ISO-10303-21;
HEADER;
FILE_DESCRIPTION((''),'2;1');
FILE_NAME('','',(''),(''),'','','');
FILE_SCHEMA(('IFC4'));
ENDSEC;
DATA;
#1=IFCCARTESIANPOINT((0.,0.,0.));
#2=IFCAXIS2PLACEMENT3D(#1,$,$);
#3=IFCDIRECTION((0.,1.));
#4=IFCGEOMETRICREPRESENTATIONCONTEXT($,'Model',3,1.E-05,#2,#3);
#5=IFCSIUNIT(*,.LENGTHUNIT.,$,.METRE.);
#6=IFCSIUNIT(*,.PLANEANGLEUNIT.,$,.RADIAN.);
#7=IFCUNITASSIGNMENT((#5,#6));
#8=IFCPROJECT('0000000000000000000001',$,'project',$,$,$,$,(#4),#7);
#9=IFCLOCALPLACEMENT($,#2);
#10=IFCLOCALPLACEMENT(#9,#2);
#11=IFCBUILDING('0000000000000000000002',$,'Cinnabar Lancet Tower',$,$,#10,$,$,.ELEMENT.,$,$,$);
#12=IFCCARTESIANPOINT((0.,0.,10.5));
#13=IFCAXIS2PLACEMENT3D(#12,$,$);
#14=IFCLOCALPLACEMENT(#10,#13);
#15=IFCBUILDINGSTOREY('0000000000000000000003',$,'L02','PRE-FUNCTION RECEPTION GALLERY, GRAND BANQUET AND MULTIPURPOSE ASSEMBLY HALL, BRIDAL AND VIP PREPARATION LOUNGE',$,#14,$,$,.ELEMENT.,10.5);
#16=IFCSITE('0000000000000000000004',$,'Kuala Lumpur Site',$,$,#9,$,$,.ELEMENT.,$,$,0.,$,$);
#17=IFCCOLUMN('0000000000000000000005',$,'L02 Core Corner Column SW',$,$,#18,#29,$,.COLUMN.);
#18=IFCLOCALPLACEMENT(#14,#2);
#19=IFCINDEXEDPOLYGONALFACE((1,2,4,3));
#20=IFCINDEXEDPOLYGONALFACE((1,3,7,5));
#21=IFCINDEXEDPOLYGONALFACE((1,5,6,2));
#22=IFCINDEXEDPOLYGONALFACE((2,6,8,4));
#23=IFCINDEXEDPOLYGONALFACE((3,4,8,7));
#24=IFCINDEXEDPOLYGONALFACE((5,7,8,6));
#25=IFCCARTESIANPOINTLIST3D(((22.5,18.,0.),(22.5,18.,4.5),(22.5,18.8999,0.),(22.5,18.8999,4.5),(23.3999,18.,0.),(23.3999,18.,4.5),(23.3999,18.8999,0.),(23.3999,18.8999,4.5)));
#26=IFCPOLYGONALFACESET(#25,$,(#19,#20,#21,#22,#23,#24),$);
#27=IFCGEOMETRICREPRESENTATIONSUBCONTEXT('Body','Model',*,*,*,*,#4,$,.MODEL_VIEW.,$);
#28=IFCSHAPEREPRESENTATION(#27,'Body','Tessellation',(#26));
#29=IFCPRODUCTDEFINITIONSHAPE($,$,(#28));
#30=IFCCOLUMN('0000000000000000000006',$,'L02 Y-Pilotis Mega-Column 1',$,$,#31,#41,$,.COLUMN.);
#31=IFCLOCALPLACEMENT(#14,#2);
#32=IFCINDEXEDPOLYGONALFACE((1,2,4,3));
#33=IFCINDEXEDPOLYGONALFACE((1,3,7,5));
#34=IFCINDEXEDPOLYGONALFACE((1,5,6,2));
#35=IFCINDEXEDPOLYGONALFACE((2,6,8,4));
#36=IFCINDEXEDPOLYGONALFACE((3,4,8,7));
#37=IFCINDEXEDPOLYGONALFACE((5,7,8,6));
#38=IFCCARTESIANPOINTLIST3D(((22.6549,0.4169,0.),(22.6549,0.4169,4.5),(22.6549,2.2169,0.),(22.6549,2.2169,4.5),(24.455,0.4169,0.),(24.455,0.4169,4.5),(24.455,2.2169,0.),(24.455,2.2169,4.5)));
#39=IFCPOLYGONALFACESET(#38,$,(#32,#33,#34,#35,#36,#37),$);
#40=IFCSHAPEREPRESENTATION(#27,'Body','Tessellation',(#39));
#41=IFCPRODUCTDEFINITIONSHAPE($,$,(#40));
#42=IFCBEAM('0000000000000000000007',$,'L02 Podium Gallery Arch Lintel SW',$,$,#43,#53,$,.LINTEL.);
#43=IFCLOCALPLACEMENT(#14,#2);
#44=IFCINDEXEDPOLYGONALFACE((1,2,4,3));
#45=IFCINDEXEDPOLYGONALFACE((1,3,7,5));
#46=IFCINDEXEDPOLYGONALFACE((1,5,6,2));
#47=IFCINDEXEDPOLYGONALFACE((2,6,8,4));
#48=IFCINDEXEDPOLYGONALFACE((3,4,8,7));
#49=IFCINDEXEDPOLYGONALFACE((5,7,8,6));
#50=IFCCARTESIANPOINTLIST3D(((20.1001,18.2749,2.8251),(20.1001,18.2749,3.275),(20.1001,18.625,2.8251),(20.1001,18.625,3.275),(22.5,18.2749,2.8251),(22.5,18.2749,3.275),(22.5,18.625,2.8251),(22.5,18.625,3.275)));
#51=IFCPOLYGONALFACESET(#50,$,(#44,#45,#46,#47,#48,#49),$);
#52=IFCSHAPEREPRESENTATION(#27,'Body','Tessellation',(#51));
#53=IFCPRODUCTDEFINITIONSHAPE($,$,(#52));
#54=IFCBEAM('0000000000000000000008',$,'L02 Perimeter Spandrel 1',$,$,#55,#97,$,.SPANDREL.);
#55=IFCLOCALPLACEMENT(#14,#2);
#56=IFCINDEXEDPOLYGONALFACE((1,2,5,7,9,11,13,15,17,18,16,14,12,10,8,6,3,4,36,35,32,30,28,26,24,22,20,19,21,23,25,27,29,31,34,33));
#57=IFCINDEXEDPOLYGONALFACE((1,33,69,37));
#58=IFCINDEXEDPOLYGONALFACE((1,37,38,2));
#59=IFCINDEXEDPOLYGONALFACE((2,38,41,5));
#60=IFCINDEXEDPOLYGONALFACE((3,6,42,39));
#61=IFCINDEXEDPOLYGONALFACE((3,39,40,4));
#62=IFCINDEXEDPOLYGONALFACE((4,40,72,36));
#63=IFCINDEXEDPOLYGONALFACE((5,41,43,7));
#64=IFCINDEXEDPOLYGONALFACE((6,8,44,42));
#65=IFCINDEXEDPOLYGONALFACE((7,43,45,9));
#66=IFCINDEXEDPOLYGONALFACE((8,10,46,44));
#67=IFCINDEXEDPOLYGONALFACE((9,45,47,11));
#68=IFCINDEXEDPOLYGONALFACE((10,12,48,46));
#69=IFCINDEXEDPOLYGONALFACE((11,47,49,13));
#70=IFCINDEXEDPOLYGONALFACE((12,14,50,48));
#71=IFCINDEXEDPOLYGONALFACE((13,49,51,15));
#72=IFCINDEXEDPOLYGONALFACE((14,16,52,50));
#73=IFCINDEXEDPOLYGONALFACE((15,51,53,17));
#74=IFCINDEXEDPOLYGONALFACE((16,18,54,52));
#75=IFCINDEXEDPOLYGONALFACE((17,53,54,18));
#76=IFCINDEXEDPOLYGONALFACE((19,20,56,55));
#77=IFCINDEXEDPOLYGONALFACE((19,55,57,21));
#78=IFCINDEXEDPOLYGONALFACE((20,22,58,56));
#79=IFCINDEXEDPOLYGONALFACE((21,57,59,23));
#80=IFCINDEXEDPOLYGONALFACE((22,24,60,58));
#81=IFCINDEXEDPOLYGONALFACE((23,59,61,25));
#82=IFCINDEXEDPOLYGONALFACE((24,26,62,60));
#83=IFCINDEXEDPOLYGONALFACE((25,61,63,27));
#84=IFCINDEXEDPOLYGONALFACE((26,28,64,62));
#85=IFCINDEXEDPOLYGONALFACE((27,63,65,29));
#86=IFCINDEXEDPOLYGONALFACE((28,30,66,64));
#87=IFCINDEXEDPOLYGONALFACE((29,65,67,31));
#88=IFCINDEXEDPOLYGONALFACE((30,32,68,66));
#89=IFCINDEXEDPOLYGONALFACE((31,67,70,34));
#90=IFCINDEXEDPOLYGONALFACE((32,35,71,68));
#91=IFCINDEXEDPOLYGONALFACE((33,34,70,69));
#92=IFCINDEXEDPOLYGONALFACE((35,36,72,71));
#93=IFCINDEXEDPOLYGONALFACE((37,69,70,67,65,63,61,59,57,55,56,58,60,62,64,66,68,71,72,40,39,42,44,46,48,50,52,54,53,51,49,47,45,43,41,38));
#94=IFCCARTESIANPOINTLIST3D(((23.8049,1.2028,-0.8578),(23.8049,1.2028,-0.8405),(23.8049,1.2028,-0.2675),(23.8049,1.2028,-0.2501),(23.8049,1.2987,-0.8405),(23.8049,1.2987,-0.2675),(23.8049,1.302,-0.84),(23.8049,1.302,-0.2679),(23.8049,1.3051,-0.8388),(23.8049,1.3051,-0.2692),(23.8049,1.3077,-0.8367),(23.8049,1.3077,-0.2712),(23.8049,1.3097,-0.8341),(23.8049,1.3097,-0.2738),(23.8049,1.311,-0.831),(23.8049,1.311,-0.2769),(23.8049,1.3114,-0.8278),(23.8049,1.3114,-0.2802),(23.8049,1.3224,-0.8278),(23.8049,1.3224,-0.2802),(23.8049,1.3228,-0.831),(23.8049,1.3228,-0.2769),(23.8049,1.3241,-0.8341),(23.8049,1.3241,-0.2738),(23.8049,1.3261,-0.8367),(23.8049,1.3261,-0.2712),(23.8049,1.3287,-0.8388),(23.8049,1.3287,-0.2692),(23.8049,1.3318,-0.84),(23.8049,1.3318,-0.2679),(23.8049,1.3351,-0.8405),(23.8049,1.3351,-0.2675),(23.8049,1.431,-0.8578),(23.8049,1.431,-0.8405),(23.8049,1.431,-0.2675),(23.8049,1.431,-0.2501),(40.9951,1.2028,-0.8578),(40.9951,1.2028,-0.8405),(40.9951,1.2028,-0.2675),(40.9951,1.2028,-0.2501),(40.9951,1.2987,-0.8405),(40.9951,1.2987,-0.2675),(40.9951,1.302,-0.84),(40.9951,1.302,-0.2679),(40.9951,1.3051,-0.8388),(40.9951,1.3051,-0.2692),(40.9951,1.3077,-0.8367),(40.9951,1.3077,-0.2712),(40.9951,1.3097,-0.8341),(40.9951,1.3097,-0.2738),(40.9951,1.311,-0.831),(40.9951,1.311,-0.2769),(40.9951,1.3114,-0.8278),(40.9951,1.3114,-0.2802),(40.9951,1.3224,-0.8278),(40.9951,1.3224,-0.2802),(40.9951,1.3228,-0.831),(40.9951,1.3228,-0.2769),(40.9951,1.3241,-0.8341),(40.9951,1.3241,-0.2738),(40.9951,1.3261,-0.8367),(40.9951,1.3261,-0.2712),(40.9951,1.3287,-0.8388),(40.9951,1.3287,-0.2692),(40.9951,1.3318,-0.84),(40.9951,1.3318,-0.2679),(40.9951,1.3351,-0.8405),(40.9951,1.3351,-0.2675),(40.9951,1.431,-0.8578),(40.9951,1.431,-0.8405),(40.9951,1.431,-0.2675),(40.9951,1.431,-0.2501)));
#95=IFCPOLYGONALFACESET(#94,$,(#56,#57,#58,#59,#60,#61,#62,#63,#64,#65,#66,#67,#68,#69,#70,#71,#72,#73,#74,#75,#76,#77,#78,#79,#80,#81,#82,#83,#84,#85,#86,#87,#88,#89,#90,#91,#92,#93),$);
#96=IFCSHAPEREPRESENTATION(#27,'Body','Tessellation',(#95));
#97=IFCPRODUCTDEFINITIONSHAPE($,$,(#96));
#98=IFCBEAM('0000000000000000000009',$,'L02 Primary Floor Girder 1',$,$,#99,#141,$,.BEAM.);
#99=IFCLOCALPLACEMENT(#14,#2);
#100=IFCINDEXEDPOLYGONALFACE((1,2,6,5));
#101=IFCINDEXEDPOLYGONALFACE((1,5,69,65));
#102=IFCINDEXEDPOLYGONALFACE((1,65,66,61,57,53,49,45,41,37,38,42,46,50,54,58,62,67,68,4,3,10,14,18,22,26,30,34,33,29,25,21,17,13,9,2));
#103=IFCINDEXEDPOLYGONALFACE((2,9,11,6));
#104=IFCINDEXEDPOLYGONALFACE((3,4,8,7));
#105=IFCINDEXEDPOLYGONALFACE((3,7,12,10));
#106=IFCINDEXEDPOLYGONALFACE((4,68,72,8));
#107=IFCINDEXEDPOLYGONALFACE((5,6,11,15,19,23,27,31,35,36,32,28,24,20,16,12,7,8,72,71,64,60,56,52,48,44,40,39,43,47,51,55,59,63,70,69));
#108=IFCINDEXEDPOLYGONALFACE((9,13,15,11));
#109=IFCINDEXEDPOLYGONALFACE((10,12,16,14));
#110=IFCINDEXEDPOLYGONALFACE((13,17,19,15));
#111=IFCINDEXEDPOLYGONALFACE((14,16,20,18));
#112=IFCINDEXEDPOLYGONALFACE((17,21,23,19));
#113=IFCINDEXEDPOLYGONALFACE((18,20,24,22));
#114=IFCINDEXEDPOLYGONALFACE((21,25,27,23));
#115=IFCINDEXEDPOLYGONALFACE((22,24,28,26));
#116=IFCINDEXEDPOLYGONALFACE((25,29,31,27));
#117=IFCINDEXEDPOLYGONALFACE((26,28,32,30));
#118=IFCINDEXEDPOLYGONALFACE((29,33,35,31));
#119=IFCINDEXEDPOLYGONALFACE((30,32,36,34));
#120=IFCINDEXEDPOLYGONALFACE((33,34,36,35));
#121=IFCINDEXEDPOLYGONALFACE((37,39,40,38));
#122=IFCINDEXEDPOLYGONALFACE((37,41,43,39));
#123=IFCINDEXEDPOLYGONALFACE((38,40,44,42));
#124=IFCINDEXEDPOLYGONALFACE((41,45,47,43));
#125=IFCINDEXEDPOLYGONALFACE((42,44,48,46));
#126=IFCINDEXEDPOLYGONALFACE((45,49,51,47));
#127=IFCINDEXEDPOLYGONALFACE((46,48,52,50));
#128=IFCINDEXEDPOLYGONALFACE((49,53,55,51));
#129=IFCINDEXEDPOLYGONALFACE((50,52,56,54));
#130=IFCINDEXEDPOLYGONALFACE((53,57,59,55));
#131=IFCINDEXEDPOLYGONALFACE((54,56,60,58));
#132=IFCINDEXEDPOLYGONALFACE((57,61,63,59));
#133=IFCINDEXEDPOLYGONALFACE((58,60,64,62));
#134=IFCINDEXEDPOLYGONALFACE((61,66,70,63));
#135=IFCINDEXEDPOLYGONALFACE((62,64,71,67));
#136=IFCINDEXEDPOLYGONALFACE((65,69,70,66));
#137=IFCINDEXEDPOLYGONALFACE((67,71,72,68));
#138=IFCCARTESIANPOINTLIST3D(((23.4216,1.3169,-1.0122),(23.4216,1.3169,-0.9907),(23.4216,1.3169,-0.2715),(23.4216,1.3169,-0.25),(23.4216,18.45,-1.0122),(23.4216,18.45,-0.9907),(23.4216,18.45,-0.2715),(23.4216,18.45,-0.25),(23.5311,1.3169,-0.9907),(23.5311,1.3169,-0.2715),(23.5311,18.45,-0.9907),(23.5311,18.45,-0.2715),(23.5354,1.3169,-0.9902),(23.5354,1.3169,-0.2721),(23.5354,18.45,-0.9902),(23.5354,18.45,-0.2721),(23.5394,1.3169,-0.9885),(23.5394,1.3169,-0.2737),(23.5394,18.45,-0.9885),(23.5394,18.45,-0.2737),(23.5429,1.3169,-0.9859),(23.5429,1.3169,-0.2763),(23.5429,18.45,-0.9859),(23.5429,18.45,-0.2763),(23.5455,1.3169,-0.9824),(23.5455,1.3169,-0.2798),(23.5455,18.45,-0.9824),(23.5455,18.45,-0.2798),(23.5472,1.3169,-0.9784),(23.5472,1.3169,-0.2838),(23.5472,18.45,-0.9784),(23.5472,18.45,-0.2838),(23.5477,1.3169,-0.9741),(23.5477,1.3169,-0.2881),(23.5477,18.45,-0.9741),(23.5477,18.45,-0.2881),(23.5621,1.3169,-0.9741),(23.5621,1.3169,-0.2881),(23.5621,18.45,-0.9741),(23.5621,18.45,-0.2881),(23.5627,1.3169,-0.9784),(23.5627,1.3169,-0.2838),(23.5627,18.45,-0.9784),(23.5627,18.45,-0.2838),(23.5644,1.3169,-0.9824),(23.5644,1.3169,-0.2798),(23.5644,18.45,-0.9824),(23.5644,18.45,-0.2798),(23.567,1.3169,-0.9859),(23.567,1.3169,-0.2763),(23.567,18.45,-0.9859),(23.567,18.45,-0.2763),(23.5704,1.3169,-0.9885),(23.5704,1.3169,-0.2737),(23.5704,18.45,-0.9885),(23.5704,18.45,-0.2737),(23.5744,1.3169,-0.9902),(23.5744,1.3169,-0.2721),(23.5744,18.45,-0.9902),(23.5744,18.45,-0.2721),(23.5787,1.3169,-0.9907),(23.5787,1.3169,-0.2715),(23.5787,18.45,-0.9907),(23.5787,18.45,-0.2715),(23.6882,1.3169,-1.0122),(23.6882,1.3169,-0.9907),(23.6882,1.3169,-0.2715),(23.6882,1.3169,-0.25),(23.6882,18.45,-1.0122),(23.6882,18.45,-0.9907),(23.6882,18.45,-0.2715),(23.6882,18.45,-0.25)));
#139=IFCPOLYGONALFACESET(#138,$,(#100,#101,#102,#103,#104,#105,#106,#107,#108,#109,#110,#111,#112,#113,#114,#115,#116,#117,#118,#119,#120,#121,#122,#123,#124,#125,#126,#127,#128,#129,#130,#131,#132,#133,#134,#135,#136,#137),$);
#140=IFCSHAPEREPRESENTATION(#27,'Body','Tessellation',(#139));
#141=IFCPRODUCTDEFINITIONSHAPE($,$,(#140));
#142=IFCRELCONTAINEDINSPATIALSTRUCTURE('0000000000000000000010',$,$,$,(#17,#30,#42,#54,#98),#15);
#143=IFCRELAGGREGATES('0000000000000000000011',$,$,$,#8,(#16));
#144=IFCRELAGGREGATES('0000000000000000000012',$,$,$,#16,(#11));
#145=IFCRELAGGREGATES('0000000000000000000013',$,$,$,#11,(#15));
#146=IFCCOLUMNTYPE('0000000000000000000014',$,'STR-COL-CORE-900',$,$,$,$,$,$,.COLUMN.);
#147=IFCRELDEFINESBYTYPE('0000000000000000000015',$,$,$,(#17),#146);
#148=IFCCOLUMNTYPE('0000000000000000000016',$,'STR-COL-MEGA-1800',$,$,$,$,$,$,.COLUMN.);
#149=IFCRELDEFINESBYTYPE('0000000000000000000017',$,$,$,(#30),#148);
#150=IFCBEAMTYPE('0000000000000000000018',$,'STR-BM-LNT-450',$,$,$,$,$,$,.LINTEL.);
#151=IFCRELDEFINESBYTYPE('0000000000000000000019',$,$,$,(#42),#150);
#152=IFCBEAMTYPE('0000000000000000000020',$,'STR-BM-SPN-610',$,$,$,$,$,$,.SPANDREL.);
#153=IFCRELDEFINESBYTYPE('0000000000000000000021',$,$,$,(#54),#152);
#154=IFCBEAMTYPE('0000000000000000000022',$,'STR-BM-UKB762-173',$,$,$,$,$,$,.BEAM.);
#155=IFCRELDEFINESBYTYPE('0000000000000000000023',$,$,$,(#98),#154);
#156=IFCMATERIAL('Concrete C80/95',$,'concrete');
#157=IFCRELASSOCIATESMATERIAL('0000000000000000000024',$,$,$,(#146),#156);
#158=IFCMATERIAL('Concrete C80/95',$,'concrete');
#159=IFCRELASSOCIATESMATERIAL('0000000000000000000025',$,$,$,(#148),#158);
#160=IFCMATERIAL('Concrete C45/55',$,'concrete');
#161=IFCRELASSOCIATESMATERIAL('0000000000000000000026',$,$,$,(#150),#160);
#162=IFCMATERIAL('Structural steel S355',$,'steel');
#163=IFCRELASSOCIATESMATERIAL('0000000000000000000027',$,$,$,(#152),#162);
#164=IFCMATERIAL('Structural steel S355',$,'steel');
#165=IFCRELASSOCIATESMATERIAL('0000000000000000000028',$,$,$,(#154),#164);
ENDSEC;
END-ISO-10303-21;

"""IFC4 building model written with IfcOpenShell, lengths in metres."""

from ifc_helpers import new_model, si_unit, direction, frame, origin, origin_2d, place, context, subcontext, project, spatial, rectangle, i_section, extrude, material, material_profile, profile_set, type_object, element, save


model = new_model("IFC4")

# Units and contexts
model_context = context("Model", 3, precision=1e-05, world=origin(), true_north=direction((0.0, 1.0)))
body_context = subcontext(model_context, "Body", "Model", "MODEL_VIEW")
ifc_project = project(units=[si_unit("LENGTHUNIT", "METRE"), si_unit("PLANEANGLEUNIT", "RADIAN")], contexts=[model_context])

# Site, building, storey
site_placement = place(None, origin())
site = spatial("IfcSite", under=ifc_project, at=site_placement, Name="Kuala Lumpur Site", CompositionType="ELEMENT", RefElevation=0.0)
building_placement = place(site_placement, origin())
building = spatial("IfcBuilding", under=site, at=building_placement, Name="Cinnabar Lancet Tower", CompositionType="ELEMENT")
storey_placement = place(building_placement, frame((0.0, 0.0, 10.5)))
storey = spatial("IfcBuildingStorey", under=building, at=storey_placement, Name="L02", Description="PRE-FUNCTION RECEPTION GALLERY, GRAND BANQUET AND MULTIPURPOSE ASSEMBLY HALL, BRIDAL AND VIP PREPARATION LOUNGE", CompositionType="ELEMENT", Elevation=10.5)

# Columns
ifc_material_1 = material(Name="Concrete C80/95", Category="concrete")
ifc_material_profile_1 = material_profile(ifc_material_1, rectangle(XDim=0.8999, YDim=0.8999, at=origin_2d()), Name="RC-COL 900x900")
ifc_profile_set_1 = profile_set([ifc_material_profile_1], Name="Concrete C80/95")
column_type_1 = type_object("IfcColumnType", Name="STR-COL-CORE-900", PredefinedType="COLUMN", material=ifc_profile_set_1)
column_1_placement = place(storey_placement, frame((22.95, 18.45, 0.0), z_axis=(0.0, 0.0, 1.0), x_axis=(1.0, 0.0, 0.0)))
element("IfcColumn", 1, at=column_1_placement, inside=storey, type_object=column_type_1, Name="L02 Core Corner Column SW", PredefinedType="COLUMN", context=body_context, shape_type="SweptSolid", body=[
    extrude(rectangle(XDim=0.8999, YDim=0.8999, at=origin_2d()), origin(), (0.0, 0.0, 1.0), 4.5),
])
ifc_material_2 = material(Name="Concrete C80/95", Category="concrete")
ifc_material_profile_2 = material_profile(ifc_material_2, rectangle(XDim=1.8, YDim=1.8, at=origin_2d()), Name="RC-MEGA 1800x1800")
ifc_profile_set_2 = profile_set([ifc_material_profile_2], Name="Concrete C80/95")
column_type_2 = type_object("IfcColumnType", Name="STR-COL-MEGA-1800", PredefinedType="COLUMN", material=ifc_profile_set_2)
column_2_placement = place(storey_placement, frame((23.5549, 1.3169, 0.0), z_axis=(0.0, 0.0, 1.0), x_axis=(1.0, 0.0, 0.0)))
element("IfcColumn", 2, at=column_2_placement, inside=storey, type_object=column_type_2, Name="L02 Y-Pilotis Mega-Column 1", PredefinedType="COLUMN", context=body_context, shape_type="SweptSolid", body=[
    extrude(rectangle(XDim=1.8, YDim=1.8, at=origin_2d()), origin(), (0.0, 0.0, 1.0), 4.5),
])

# Beams
ifc_material_3 = material(Name="Concrete C45/55", Category="concrete")
ifc_material_profile_3 = material_profile(ifc_material_3, rectangle(XDim=0.3501, YDim=0.45, at=origin_2d()), Name="RC-LNT 350x450")
ifc_profile_set_3 = profile_set([ifc_material_profile_3], Name="Concrete C45/55")
beam_type_1 = type_object("IfcBeamType", Name="STR-BM-LNT-450", PredefinedType="LINTEL", material=ifc_profile_set_3)
beam_1_placement = place(storey_placement, frame((20.1001, 18.45, 3.05), z_axis=(1.0, 0.0, 0.0), x_axis=(0.0, 1.0, 0.0)))
element("IfcBeam", 3, at=beam_1_placement, inside=storey, type_object=beam_type_1, Name="L02 Podium Gallery Arch Lintel SW", PredefinedType="LINTEL", context=body_context, shape_type="SweptSolid", body=[
    extrude(rectangle(XDim=0.3501, YDim=0.45, at=origin_2d()), origin(), (0.0, 0.0, 1.0), 2.3999),
])
ifc_material_4 = material(Name="Structural steel S355", Category="steel")
ifc_material_profile_4 = material_profile(ifc_material_4, i_section(OverallWidth=0.2283, OverallDepth=0.6077, WebThickness=0.011, FlangeThickness=0.0173, FilletRadius=0.0127, at=origin_2d()), Name="UKB 610x229x113")
ifc_profile_set_4 = profile_set([ifc_material_profile_4], Name="Structural steel S355")
beam_type_2 = type_object("IfcBeamType", Name="STR-BM-SPN-610", PredefinedType="SPANDREL", material=ifc_profile_set_4)
beam_2_placement = place(storey_placement, frame((23.8049, 1.3169, -0.554), z_axis=(1.0, 0.0, 0.0), x_axis=(0.0, 1.0, 0.0)))
element("IfcBeam", 4, at=beam_2_placement, inside=storey, type_object=beam_type_2, Name="L02 Perimeter Spandrel 1", PredefinedType="SPANDREL", context=body_context, shape_type="SweptSolid", body=[
    extrude(i_section(OverallWidth=0.2283, OverallDepth=0.6077, WebThickness=0.011, FlangeThickness=0.0173, FilletRadius=0.0127, at=origin_2d()), origin(), (0.0, 0.0, 1.0), 17.1902),
])
ifc_material_5 = material(Name="Structural steel S355", Category="steel")
ifc_material_profile_5 = material_profile(ifc_material_5, i_section(OverallWidth=0.2666, OverallDepth=0.7622, WebThickness=0.0144, FlangeThickness=0.0215, FilletRadius=0.0166, at=origin_2d()), Name="UKB 762x267x173")
ifc_profile_set_5 = profile_set([ifc_material_profile_5], Name="Structural steel S355")
beam_type_3 = type_object("IfcBeamType", Name="STR-BM-UKB762-173", PredefinedType="BEAM", material=ifc_profile_set_5)
beam_3_placement = place(storey_placement, frame((23.5549, 1.3169, -0.6311), z_axis=(0.0, 1.0, 0.0), x_axis=(-1.0, 0.0, 0.0)))
element("IfcBeam", 5, at=beam_3_placement, inside=storey, type_object=beam_type_3, Name="L02 Primary Floor Girder 1", PredefinedType="BEAM", context=body_context, shape_type="SweptSolid", body=[
    extrude(i_section(OverallWidth=0.2666, OverallDepth=0.7622, WebThickness=0.0144, FlangeThickness=0.0215, FilletRadius=0.0166, at=origin_2d()), origin(), (0.0, 0.0, 1.0), 17.1331),
])

save(model, "model.ifc")
